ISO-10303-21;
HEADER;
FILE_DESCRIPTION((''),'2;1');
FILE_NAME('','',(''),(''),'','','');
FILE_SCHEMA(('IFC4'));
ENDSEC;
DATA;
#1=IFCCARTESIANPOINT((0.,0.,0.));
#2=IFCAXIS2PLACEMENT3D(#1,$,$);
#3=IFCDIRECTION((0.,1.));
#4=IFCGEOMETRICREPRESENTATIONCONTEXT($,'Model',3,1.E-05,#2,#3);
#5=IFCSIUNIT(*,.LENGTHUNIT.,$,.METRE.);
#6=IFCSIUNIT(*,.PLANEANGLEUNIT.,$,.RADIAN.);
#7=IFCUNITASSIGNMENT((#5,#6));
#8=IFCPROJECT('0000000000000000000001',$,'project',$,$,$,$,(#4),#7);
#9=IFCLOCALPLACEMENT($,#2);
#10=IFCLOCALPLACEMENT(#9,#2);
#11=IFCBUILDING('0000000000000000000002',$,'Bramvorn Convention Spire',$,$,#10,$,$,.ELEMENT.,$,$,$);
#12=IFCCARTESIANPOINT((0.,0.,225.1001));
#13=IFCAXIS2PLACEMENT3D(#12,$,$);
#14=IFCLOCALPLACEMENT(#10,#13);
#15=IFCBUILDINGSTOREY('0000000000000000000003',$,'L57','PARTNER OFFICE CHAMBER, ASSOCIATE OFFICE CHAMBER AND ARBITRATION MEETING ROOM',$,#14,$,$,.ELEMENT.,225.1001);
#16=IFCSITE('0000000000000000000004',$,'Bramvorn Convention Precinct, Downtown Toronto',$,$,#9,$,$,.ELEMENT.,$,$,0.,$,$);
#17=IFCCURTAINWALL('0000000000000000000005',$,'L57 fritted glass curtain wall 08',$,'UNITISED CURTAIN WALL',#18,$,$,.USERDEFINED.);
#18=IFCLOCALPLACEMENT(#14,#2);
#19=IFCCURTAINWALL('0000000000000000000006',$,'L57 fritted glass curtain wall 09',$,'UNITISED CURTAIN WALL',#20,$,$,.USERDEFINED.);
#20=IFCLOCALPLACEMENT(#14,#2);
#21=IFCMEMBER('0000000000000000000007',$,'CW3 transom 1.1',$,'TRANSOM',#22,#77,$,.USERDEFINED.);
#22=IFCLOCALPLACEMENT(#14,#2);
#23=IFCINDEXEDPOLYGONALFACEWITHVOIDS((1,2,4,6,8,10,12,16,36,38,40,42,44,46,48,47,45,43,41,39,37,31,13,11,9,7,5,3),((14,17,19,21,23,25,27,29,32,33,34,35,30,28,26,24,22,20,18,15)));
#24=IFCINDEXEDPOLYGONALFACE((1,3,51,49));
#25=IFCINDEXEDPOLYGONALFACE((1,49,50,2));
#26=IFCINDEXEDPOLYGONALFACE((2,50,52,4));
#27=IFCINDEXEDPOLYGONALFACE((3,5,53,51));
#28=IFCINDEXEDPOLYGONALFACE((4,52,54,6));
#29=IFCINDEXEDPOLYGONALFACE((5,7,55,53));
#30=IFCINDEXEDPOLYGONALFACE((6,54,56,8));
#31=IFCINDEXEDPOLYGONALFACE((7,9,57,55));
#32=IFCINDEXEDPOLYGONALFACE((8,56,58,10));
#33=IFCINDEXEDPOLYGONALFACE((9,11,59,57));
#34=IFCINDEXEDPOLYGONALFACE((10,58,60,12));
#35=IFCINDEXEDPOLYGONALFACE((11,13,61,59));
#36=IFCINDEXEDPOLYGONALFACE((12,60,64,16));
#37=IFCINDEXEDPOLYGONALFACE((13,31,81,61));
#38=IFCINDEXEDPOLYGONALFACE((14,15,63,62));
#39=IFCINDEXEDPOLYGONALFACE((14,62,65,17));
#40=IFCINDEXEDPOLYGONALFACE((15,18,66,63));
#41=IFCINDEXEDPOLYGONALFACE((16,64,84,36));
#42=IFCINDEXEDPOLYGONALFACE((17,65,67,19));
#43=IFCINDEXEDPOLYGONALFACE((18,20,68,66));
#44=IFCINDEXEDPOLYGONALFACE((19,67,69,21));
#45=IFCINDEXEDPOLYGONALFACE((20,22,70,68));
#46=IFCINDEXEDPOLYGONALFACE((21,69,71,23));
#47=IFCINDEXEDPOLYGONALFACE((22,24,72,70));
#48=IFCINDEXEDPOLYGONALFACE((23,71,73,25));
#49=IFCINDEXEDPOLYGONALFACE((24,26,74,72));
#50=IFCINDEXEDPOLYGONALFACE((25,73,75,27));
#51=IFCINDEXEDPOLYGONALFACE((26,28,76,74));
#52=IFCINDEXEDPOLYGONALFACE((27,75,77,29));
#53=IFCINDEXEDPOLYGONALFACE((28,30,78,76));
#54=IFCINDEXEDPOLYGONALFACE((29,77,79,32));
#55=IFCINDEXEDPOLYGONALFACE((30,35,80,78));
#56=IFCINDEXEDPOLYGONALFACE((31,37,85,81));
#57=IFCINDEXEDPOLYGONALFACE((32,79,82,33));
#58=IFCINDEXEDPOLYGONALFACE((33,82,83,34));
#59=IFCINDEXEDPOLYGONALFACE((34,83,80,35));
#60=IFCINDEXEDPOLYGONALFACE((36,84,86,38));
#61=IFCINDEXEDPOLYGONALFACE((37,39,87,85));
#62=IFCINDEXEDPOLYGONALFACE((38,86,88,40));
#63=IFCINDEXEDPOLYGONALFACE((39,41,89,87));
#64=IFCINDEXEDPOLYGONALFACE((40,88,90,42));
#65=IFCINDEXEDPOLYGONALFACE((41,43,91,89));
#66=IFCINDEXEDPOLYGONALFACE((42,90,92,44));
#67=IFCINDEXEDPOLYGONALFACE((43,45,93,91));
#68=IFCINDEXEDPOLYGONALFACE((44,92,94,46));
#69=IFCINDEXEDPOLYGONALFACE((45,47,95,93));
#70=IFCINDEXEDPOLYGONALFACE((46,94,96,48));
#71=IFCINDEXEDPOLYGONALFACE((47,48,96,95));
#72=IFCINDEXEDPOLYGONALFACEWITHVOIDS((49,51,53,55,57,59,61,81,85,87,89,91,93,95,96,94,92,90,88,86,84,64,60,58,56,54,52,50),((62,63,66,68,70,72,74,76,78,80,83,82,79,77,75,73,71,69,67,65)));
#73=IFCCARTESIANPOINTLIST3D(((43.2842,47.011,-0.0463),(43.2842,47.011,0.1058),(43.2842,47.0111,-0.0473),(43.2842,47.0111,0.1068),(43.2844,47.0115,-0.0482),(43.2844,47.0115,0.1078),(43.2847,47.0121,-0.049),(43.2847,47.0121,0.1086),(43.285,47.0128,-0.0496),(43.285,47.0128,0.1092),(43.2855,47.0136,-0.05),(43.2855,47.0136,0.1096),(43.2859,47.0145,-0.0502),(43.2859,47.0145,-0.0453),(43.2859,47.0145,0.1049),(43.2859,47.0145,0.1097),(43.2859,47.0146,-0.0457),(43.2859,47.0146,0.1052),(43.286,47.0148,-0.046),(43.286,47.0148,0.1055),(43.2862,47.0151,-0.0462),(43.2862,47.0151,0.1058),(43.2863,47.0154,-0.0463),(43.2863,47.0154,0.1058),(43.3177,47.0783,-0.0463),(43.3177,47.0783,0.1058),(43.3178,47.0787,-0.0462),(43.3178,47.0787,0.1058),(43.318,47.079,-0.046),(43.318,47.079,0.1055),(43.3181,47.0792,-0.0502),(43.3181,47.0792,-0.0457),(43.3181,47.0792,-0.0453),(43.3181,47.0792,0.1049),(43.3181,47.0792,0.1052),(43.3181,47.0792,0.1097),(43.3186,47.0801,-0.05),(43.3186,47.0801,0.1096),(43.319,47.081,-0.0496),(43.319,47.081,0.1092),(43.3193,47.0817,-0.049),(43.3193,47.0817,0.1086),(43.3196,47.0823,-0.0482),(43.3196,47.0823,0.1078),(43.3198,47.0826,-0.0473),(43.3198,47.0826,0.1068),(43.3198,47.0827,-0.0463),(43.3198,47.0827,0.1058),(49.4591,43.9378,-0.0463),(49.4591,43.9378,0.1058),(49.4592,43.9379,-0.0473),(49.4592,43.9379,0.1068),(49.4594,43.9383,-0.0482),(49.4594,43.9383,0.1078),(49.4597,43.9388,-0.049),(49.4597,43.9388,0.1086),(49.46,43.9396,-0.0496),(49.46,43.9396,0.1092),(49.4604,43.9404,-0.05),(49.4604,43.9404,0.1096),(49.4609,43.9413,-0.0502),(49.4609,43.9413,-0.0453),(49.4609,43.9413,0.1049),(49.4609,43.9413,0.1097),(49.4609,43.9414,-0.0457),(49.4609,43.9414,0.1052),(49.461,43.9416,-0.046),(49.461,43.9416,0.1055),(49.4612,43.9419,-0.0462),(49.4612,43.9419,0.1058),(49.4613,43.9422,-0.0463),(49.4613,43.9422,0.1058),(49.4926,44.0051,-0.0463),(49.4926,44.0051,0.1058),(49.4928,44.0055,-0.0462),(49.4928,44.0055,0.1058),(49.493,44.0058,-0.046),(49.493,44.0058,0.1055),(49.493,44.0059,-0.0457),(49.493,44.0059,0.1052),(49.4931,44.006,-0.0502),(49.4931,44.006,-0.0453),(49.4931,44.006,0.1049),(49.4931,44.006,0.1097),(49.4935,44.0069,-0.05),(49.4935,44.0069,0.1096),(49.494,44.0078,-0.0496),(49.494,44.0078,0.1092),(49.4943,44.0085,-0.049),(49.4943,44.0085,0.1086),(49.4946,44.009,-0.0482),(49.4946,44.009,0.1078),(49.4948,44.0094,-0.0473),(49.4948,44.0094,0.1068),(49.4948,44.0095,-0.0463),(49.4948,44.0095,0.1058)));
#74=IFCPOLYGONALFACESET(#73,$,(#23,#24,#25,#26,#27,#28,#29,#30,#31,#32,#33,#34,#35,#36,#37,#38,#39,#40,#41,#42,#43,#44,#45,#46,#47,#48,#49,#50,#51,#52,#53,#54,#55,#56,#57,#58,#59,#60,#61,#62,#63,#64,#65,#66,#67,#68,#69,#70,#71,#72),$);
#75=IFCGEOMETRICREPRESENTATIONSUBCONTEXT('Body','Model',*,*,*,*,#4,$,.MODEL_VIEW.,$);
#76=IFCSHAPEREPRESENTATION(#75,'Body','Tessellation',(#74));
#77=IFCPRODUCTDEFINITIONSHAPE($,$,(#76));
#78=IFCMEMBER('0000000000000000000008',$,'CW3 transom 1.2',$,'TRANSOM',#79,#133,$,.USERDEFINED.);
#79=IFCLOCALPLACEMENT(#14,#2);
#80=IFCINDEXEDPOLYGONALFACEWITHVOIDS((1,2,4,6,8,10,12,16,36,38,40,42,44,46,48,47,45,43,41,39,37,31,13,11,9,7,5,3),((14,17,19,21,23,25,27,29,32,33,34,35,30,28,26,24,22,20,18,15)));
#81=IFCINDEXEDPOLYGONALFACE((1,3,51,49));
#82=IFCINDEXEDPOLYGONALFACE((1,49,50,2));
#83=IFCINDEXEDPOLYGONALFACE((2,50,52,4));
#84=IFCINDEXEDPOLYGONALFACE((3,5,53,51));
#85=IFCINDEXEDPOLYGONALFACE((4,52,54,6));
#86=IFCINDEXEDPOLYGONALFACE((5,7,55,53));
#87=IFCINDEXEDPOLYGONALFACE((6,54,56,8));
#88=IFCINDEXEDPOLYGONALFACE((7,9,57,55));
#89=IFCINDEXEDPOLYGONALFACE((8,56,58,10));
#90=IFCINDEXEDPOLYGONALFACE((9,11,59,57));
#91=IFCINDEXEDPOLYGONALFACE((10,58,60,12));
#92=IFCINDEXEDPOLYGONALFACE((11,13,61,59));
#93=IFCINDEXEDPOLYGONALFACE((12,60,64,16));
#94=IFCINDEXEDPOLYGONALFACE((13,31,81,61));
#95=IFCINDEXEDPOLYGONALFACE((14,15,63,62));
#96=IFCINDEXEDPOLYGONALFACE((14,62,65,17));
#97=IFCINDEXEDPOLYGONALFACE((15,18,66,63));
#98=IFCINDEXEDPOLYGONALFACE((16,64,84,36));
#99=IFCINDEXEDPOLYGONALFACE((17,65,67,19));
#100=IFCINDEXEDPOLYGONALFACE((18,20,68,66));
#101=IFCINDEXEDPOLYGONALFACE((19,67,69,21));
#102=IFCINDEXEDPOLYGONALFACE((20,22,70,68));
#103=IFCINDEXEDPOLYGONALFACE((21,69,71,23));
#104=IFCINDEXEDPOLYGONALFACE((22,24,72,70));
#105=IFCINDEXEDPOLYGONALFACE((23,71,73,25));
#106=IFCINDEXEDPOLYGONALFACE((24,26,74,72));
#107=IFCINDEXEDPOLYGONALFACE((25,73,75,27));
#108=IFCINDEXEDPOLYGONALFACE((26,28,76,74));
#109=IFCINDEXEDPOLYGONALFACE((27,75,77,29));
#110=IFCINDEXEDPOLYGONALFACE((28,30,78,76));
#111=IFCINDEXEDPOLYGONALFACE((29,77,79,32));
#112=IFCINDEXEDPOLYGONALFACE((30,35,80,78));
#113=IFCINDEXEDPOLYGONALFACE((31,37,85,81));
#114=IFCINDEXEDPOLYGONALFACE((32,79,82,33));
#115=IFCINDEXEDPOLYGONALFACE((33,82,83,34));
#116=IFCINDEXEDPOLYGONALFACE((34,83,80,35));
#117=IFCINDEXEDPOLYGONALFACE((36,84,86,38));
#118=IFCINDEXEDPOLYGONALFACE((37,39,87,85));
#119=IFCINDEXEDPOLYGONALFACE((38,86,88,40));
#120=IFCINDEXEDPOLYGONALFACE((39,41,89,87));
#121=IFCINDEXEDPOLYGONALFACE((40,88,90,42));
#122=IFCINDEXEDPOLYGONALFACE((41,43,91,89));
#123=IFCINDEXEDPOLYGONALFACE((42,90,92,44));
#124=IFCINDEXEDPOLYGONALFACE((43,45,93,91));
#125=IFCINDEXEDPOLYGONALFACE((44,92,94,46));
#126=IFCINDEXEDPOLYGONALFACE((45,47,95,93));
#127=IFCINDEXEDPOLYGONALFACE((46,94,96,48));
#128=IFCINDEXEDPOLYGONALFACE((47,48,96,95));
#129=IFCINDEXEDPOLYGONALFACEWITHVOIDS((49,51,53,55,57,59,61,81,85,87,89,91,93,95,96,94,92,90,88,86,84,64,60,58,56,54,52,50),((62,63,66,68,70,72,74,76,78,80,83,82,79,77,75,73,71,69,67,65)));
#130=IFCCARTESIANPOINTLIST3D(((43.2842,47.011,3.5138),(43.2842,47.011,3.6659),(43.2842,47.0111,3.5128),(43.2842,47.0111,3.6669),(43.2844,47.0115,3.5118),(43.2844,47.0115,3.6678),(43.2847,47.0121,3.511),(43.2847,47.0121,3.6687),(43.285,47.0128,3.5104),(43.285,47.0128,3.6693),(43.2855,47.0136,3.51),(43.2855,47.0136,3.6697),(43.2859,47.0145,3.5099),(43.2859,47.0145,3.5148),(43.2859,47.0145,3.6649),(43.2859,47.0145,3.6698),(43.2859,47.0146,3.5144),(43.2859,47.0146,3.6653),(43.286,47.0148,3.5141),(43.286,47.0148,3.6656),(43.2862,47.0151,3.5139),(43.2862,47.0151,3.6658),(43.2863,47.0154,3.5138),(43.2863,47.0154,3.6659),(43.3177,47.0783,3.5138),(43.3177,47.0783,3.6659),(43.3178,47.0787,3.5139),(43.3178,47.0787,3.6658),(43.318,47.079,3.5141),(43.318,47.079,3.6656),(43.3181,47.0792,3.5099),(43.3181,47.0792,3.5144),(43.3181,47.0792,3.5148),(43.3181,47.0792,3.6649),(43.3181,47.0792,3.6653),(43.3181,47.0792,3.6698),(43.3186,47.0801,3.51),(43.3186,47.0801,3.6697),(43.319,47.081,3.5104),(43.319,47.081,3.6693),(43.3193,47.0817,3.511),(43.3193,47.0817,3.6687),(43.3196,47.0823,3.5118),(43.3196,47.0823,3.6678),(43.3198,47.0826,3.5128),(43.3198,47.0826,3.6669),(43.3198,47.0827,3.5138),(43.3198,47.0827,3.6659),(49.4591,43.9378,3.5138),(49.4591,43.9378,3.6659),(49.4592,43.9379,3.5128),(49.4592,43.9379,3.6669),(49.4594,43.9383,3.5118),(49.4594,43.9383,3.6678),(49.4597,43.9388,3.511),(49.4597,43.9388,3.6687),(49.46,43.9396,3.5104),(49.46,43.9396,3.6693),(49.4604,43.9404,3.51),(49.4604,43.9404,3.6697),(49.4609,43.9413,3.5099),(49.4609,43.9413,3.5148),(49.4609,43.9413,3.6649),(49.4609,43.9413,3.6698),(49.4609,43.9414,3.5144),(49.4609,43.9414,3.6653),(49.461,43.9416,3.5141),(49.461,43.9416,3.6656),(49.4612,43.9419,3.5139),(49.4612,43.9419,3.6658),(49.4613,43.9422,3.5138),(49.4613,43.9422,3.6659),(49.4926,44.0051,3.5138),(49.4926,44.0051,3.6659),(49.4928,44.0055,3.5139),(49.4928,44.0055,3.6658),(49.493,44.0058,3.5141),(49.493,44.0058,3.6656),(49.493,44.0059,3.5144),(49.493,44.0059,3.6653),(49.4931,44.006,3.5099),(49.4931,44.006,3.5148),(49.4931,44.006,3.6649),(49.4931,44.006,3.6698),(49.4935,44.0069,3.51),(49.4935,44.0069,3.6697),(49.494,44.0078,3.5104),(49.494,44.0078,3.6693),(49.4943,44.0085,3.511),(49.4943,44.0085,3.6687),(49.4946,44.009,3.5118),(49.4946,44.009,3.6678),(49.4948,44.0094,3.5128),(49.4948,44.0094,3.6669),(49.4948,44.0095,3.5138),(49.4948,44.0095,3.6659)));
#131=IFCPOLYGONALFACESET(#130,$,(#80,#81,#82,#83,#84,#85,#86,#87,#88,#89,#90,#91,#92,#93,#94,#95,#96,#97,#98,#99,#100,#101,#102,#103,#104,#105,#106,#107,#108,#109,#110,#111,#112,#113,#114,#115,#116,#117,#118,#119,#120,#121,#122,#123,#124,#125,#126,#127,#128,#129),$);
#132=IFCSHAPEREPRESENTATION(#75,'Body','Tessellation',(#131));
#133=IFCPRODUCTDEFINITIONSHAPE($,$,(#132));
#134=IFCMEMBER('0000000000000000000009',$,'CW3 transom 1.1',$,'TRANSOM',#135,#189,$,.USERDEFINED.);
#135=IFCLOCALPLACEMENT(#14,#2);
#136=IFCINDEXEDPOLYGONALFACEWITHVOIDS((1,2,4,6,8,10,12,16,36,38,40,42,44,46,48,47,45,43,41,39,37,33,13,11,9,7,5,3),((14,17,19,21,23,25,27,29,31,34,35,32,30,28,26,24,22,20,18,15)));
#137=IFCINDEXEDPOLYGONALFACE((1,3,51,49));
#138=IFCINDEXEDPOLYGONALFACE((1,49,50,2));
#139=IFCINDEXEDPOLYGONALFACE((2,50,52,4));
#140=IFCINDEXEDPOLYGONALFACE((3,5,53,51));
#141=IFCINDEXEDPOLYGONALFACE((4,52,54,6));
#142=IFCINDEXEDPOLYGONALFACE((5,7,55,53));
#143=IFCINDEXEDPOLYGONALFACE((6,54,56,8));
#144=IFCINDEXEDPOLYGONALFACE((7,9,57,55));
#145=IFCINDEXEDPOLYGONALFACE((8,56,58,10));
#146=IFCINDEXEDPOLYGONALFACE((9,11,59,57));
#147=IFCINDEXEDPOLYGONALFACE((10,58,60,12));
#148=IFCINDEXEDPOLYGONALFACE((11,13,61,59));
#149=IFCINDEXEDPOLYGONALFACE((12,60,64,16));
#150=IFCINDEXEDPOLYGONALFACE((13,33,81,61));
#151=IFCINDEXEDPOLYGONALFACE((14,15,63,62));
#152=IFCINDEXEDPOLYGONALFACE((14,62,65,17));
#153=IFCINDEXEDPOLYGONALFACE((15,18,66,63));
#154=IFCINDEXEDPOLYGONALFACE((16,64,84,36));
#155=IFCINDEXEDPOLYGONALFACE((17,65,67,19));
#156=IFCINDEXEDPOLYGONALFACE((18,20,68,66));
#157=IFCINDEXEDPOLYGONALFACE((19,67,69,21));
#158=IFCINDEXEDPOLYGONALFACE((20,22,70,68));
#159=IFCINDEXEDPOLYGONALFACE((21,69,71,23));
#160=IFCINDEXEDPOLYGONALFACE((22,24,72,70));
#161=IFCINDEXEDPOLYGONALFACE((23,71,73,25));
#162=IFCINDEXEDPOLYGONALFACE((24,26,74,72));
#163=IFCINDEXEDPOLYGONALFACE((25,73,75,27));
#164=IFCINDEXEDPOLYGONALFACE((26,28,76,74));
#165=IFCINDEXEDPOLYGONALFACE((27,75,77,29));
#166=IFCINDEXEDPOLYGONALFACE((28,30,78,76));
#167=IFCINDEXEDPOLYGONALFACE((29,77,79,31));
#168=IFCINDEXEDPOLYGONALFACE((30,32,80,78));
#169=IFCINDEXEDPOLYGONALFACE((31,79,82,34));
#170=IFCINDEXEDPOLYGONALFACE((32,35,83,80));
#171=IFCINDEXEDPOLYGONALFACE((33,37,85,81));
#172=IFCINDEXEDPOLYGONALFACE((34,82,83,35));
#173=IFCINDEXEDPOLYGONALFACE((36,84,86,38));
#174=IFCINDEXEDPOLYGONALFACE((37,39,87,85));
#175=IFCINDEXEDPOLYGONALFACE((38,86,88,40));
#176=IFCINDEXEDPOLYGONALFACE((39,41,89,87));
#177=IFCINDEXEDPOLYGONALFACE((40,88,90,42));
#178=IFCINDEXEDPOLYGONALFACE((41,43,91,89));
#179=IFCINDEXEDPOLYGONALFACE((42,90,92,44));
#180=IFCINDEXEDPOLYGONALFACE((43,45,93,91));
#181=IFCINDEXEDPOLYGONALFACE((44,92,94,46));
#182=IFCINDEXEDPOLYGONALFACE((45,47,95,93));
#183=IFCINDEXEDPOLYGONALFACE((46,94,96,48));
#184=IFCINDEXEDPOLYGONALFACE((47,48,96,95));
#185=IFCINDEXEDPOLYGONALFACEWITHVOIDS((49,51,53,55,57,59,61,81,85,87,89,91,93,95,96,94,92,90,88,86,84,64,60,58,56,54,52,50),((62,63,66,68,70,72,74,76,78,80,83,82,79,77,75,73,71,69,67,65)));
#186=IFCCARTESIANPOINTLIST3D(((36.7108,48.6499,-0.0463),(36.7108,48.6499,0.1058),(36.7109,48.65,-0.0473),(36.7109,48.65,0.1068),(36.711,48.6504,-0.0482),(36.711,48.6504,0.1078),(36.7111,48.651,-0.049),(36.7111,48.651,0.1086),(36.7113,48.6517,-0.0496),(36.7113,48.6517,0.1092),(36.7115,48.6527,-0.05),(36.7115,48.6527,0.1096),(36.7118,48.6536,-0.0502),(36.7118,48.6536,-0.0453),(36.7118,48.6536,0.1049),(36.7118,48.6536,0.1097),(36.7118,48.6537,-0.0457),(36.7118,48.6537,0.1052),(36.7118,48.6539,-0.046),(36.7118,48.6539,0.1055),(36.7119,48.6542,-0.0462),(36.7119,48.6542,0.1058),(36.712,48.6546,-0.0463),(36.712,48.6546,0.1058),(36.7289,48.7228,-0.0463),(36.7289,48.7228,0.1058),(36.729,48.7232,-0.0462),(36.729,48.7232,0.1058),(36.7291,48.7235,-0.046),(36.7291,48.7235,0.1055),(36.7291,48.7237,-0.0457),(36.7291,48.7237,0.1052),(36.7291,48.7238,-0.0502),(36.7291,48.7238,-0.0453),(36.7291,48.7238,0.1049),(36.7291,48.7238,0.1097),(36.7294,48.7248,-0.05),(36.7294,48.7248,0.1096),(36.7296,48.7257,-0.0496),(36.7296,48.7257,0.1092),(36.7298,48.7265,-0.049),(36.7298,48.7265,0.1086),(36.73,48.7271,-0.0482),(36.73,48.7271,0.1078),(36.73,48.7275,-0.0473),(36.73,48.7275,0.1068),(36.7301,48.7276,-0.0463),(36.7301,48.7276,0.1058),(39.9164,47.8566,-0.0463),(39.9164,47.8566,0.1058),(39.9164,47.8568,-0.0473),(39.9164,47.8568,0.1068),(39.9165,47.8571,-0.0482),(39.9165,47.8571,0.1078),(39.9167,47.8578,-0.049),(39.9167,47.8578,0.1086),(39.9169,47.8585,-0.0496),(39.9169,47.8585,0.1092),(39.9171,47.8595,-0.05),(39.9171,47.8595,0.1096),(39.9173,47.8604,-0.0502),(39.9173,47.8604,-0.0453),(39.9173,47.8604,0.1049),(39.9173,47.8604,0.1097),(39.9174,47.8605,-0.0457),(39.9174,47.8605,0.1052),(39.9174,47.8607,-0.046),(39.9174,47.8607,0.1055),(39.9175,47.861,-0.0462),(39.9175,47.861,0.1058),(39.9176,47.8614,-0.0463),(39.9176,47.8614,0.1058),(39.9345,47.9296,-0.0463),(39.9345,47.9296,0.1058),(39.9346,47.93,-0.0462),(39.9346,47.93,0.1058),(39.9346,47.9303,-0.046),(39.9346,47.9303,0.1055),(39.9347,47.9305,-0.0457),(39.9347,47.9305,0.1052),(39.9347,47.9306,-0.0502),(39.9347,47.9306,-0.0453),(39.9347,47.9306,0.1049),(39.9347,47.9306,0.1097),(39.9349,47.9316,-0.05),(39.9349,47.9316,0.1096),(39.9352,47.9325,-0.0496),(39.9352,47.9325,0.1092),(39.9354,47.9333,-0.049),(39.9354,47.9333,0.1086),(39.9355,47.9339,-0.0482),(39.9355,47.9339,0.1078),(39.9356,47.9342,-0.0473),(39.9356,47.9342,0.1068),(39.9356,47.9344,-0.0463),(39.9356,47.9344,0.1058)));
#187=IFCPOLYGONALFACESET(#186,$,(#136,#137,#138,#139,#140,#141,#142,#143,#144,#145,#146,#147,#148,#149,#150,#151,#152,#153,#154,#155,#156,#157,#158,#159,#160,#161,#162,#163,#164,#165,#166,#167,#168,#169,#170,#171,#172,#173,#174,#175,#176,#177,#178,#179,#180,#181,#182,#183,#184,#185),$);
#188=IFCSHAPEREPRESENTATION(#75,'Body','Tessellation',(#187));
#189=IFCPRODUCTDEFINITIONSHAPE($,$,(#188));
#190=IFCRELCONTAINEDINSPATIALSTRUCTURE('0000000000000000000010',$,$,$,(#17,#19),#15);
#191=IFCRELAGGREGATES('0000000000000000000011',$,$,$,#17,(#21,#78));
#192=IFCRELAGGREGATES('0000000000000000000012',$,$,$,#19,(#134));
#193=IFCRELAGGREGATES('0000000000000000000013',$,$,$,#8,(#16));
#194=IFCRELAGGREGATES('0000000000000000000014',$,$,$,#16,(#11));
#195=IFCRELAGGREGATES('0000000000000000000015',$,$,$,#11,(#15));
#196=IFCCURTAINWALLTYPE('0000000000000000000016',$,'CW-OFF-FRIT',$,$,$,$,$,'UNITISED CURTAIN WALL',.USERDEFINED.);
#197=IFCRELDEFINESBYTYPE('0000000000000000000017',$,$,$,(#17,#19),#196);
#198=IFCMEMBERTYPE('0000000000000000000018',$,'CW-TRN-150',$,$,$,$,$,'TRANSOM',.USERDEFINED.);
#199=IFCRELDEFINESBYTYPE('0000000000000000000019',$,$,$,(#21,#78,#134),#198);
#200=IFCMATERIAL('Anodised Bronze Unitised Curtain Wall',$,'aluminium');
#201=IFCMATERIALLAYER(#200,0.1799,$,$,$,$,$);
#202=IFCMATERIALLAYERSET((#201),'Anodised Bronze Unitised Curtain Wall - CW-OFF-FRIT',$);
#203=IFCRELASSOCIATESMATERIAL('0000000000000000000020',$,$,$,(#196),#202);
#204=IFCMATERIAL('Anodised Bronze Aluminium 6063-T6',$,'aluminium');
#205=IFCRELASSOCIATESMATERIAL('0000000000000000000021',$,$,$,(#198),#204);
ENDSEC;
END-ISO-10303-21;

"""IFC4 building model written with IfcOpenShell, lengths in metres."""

from ifc_helpers import new_model, si_unit, direction, frame, origin, origin_2d, place, context, subcontext, project, spatial, hollow_rectangle, extrude, material, layer, layer_set, material_profile, profile_set, type_object, element, aggregate, save


model = new_model("IFC4")

# Units and contexts
model_context = context("Model", 3, precision=1e-05, world=origin(), true_north=direction((0.0, 1.0)))
body_context = subcontext(model_context, "Body", "Model", "MODEL_VIEW")
ifc_project = project(units=[si_unit("LENGTHUNIT", "METRE"), si_unit("PLANEANGLEUNIT", "RADIAN")], contexts=[model_context])

# Site, building, storey
site_placement = place(None, origin())
site = spatial("IfcSite", under=ifc_project, at=site_placement, Name="Bramvorn Convention Precinct, Downtown Toronto", CompositionType="ELEMENT", RefElevation=0.0)
building_placement = place(site_placement, origin())
building = spatial("IfcBuilding", under=site, at=building_placement, Name="Bramvorn Convention Spire", CompositionType="ELEMENT")
storey_placement = place(building_placement, frame((0.0, 0.0, 225.1001)))
storey = spatial("IfcBuildingStorey", under=building, at=storey_placement, Name="L57", Description="PARTNER OFFICE CHAMBER, ASSOCIATE OFFICE CHAMBER AND ARBITRATION MEETING ROOM", CompositionType="ELEMENT", Elevation=225.1001)

# Curtain walls
ifc_material_1 = material(Name="Anodised Bronze Unitised Curtain Wall", Category="aluminium")
ifc_layer_1 = layer(ifc_material_1, 0.1799)
ifc_layer_set_1 = layer_set([ifc_layer_1], Name="Anodised Bronze Unitised Curtain Wall - CW-OFF-FRIT")
curtain_wall_type = type_object("IfcCurtainWallType", Name="CW-OFF-FRIT", ElementType="UNITISED CURTAIN WALL", PredefinedType="USERDEFINED", material=ifc_layer_set_1)
curtain_wall_1_placement = place(storey_placement, origin())
curtain_wall_1 = element("IfcCurtainWall", 1, at=curtain_wall_1_placement, inside=storey, type_object=curtain_wall_type, Name="L57 fritted glass curtain wall 08", ObjectType="UNITISED CURTAIN WALL", PredefinedType="USERDEFINED")
ifc_material_2 = material(Name="Anodised Bronze Aluminium 6063-T6", Category="aluminium")
curtain_wall_2_placement = place(storey_placement, origin())
curtain_wall_2 = element("IfcCurtainWall", 2, at=curtain_wall_2_placement, inside=storey, type_object=curtain_wall_type, Name="L57 fritted glass curtain wall 09", ObjectType="UNITISED CURTAIN WALL", PredefinedType="USERDEFINED")

# Members
ifc_material_profile_1 = material_profile(ifc_material_2, hollow_rectangle(XDim=0.0801, YDim=0.1599, WallThickness=0.0039, InnerFilletRadius=0.001, OuterFilletRadius=0.0039, at=origin_2d()))
ifc_profile_set_1 = profile_set([ifc_material_profile_1], Name="Anodised Bronze Aluminium 6063-T6 - CWT80X160")
member_type_1 = type_object("IfcMemberType", Name="CW-TRN-150", ElementType="TRANSOM", PredefinedType="USERDEFINED", material=ifc_profile_set_1)
member_1_placement = place(storey_placement, frame((43.302, 47.0469, 0.0298), z_axis=(0.895254, -0.445556, 0.0), x_axis=(0.445556, 0.895254, 0.0)))
member_1 = element("IfcMember", 3, at=member_1_placement, type_object=member_type_1, Name="CW3 transom 1.1", ObjectType="TRANSOM", PredefinedType="USERDEFINED", context=body_context, shape_type="SweptSolid", body=[
    extrude(hollow_rectangle(XDim=0.0801, YDim=0.1599, WallThickness=0.0039, InnerFilletRadius=0.001, OuterFilletRadius=0.0039, at=origin_2d()), origin(), (0.0, 0.0, 1.0), 6.8975),
])
member_2_placement = place(storey_placement, frame((43.302, 47.0469, 3.5898), z_axis=(0.895254, -0.445556, 0.0), x_axis=(0.445556, 0.895254, 0.0)))
member_2 = element("IfcMember", 4, at=member_2_placement, type_object=member_type_1, Name="CW3 transom 1.2", ObjectType="TRANSOM", PredefinedType="USERDEFINED", context=body_context, shape_type="SweptSolid", body=[
    extrude(hollow_rectangle(XDim=0.0801, YDim=0.1599, WallThickness=0.0039, InnerFilletRadius=0.001, OuterFilletRadius=0.0039, at=origin_2d()), origin(), (0.0, 0.0, 1.0), 6.8975),
])
member_3_placement = place(storey_placement, frame((36.7205, 48.6887, 0.0298), z_axis=(0.970722, -0.240204, 0.0), x_axis=(0.240204, 0.970722, 0.0)))
member_3 = element("IfcMember", 5, at=member_3_placement, type_object=member_type_1, Name="CW3 transom 1.1", ObjectType="TRANSOM", PredefinedType="USERDEFINED", context=body_context, shape_type="SweptSolid", body=[
    extrude(hollow_rectangle(XDim=0.0801, YDim=0.1599, WallThickness=0.0039, InnerFilletRadius=0.001, OuterFilletRadius=0.0039, at=origin_2d()), origin(), (0.0, 0.0, 1.0), 3.3022),
])

aggregate(curtain_wall_1, [member_1, member_2])
aggregate(curtain_wall_2, [member_3])

save(model, "model.ifc")
